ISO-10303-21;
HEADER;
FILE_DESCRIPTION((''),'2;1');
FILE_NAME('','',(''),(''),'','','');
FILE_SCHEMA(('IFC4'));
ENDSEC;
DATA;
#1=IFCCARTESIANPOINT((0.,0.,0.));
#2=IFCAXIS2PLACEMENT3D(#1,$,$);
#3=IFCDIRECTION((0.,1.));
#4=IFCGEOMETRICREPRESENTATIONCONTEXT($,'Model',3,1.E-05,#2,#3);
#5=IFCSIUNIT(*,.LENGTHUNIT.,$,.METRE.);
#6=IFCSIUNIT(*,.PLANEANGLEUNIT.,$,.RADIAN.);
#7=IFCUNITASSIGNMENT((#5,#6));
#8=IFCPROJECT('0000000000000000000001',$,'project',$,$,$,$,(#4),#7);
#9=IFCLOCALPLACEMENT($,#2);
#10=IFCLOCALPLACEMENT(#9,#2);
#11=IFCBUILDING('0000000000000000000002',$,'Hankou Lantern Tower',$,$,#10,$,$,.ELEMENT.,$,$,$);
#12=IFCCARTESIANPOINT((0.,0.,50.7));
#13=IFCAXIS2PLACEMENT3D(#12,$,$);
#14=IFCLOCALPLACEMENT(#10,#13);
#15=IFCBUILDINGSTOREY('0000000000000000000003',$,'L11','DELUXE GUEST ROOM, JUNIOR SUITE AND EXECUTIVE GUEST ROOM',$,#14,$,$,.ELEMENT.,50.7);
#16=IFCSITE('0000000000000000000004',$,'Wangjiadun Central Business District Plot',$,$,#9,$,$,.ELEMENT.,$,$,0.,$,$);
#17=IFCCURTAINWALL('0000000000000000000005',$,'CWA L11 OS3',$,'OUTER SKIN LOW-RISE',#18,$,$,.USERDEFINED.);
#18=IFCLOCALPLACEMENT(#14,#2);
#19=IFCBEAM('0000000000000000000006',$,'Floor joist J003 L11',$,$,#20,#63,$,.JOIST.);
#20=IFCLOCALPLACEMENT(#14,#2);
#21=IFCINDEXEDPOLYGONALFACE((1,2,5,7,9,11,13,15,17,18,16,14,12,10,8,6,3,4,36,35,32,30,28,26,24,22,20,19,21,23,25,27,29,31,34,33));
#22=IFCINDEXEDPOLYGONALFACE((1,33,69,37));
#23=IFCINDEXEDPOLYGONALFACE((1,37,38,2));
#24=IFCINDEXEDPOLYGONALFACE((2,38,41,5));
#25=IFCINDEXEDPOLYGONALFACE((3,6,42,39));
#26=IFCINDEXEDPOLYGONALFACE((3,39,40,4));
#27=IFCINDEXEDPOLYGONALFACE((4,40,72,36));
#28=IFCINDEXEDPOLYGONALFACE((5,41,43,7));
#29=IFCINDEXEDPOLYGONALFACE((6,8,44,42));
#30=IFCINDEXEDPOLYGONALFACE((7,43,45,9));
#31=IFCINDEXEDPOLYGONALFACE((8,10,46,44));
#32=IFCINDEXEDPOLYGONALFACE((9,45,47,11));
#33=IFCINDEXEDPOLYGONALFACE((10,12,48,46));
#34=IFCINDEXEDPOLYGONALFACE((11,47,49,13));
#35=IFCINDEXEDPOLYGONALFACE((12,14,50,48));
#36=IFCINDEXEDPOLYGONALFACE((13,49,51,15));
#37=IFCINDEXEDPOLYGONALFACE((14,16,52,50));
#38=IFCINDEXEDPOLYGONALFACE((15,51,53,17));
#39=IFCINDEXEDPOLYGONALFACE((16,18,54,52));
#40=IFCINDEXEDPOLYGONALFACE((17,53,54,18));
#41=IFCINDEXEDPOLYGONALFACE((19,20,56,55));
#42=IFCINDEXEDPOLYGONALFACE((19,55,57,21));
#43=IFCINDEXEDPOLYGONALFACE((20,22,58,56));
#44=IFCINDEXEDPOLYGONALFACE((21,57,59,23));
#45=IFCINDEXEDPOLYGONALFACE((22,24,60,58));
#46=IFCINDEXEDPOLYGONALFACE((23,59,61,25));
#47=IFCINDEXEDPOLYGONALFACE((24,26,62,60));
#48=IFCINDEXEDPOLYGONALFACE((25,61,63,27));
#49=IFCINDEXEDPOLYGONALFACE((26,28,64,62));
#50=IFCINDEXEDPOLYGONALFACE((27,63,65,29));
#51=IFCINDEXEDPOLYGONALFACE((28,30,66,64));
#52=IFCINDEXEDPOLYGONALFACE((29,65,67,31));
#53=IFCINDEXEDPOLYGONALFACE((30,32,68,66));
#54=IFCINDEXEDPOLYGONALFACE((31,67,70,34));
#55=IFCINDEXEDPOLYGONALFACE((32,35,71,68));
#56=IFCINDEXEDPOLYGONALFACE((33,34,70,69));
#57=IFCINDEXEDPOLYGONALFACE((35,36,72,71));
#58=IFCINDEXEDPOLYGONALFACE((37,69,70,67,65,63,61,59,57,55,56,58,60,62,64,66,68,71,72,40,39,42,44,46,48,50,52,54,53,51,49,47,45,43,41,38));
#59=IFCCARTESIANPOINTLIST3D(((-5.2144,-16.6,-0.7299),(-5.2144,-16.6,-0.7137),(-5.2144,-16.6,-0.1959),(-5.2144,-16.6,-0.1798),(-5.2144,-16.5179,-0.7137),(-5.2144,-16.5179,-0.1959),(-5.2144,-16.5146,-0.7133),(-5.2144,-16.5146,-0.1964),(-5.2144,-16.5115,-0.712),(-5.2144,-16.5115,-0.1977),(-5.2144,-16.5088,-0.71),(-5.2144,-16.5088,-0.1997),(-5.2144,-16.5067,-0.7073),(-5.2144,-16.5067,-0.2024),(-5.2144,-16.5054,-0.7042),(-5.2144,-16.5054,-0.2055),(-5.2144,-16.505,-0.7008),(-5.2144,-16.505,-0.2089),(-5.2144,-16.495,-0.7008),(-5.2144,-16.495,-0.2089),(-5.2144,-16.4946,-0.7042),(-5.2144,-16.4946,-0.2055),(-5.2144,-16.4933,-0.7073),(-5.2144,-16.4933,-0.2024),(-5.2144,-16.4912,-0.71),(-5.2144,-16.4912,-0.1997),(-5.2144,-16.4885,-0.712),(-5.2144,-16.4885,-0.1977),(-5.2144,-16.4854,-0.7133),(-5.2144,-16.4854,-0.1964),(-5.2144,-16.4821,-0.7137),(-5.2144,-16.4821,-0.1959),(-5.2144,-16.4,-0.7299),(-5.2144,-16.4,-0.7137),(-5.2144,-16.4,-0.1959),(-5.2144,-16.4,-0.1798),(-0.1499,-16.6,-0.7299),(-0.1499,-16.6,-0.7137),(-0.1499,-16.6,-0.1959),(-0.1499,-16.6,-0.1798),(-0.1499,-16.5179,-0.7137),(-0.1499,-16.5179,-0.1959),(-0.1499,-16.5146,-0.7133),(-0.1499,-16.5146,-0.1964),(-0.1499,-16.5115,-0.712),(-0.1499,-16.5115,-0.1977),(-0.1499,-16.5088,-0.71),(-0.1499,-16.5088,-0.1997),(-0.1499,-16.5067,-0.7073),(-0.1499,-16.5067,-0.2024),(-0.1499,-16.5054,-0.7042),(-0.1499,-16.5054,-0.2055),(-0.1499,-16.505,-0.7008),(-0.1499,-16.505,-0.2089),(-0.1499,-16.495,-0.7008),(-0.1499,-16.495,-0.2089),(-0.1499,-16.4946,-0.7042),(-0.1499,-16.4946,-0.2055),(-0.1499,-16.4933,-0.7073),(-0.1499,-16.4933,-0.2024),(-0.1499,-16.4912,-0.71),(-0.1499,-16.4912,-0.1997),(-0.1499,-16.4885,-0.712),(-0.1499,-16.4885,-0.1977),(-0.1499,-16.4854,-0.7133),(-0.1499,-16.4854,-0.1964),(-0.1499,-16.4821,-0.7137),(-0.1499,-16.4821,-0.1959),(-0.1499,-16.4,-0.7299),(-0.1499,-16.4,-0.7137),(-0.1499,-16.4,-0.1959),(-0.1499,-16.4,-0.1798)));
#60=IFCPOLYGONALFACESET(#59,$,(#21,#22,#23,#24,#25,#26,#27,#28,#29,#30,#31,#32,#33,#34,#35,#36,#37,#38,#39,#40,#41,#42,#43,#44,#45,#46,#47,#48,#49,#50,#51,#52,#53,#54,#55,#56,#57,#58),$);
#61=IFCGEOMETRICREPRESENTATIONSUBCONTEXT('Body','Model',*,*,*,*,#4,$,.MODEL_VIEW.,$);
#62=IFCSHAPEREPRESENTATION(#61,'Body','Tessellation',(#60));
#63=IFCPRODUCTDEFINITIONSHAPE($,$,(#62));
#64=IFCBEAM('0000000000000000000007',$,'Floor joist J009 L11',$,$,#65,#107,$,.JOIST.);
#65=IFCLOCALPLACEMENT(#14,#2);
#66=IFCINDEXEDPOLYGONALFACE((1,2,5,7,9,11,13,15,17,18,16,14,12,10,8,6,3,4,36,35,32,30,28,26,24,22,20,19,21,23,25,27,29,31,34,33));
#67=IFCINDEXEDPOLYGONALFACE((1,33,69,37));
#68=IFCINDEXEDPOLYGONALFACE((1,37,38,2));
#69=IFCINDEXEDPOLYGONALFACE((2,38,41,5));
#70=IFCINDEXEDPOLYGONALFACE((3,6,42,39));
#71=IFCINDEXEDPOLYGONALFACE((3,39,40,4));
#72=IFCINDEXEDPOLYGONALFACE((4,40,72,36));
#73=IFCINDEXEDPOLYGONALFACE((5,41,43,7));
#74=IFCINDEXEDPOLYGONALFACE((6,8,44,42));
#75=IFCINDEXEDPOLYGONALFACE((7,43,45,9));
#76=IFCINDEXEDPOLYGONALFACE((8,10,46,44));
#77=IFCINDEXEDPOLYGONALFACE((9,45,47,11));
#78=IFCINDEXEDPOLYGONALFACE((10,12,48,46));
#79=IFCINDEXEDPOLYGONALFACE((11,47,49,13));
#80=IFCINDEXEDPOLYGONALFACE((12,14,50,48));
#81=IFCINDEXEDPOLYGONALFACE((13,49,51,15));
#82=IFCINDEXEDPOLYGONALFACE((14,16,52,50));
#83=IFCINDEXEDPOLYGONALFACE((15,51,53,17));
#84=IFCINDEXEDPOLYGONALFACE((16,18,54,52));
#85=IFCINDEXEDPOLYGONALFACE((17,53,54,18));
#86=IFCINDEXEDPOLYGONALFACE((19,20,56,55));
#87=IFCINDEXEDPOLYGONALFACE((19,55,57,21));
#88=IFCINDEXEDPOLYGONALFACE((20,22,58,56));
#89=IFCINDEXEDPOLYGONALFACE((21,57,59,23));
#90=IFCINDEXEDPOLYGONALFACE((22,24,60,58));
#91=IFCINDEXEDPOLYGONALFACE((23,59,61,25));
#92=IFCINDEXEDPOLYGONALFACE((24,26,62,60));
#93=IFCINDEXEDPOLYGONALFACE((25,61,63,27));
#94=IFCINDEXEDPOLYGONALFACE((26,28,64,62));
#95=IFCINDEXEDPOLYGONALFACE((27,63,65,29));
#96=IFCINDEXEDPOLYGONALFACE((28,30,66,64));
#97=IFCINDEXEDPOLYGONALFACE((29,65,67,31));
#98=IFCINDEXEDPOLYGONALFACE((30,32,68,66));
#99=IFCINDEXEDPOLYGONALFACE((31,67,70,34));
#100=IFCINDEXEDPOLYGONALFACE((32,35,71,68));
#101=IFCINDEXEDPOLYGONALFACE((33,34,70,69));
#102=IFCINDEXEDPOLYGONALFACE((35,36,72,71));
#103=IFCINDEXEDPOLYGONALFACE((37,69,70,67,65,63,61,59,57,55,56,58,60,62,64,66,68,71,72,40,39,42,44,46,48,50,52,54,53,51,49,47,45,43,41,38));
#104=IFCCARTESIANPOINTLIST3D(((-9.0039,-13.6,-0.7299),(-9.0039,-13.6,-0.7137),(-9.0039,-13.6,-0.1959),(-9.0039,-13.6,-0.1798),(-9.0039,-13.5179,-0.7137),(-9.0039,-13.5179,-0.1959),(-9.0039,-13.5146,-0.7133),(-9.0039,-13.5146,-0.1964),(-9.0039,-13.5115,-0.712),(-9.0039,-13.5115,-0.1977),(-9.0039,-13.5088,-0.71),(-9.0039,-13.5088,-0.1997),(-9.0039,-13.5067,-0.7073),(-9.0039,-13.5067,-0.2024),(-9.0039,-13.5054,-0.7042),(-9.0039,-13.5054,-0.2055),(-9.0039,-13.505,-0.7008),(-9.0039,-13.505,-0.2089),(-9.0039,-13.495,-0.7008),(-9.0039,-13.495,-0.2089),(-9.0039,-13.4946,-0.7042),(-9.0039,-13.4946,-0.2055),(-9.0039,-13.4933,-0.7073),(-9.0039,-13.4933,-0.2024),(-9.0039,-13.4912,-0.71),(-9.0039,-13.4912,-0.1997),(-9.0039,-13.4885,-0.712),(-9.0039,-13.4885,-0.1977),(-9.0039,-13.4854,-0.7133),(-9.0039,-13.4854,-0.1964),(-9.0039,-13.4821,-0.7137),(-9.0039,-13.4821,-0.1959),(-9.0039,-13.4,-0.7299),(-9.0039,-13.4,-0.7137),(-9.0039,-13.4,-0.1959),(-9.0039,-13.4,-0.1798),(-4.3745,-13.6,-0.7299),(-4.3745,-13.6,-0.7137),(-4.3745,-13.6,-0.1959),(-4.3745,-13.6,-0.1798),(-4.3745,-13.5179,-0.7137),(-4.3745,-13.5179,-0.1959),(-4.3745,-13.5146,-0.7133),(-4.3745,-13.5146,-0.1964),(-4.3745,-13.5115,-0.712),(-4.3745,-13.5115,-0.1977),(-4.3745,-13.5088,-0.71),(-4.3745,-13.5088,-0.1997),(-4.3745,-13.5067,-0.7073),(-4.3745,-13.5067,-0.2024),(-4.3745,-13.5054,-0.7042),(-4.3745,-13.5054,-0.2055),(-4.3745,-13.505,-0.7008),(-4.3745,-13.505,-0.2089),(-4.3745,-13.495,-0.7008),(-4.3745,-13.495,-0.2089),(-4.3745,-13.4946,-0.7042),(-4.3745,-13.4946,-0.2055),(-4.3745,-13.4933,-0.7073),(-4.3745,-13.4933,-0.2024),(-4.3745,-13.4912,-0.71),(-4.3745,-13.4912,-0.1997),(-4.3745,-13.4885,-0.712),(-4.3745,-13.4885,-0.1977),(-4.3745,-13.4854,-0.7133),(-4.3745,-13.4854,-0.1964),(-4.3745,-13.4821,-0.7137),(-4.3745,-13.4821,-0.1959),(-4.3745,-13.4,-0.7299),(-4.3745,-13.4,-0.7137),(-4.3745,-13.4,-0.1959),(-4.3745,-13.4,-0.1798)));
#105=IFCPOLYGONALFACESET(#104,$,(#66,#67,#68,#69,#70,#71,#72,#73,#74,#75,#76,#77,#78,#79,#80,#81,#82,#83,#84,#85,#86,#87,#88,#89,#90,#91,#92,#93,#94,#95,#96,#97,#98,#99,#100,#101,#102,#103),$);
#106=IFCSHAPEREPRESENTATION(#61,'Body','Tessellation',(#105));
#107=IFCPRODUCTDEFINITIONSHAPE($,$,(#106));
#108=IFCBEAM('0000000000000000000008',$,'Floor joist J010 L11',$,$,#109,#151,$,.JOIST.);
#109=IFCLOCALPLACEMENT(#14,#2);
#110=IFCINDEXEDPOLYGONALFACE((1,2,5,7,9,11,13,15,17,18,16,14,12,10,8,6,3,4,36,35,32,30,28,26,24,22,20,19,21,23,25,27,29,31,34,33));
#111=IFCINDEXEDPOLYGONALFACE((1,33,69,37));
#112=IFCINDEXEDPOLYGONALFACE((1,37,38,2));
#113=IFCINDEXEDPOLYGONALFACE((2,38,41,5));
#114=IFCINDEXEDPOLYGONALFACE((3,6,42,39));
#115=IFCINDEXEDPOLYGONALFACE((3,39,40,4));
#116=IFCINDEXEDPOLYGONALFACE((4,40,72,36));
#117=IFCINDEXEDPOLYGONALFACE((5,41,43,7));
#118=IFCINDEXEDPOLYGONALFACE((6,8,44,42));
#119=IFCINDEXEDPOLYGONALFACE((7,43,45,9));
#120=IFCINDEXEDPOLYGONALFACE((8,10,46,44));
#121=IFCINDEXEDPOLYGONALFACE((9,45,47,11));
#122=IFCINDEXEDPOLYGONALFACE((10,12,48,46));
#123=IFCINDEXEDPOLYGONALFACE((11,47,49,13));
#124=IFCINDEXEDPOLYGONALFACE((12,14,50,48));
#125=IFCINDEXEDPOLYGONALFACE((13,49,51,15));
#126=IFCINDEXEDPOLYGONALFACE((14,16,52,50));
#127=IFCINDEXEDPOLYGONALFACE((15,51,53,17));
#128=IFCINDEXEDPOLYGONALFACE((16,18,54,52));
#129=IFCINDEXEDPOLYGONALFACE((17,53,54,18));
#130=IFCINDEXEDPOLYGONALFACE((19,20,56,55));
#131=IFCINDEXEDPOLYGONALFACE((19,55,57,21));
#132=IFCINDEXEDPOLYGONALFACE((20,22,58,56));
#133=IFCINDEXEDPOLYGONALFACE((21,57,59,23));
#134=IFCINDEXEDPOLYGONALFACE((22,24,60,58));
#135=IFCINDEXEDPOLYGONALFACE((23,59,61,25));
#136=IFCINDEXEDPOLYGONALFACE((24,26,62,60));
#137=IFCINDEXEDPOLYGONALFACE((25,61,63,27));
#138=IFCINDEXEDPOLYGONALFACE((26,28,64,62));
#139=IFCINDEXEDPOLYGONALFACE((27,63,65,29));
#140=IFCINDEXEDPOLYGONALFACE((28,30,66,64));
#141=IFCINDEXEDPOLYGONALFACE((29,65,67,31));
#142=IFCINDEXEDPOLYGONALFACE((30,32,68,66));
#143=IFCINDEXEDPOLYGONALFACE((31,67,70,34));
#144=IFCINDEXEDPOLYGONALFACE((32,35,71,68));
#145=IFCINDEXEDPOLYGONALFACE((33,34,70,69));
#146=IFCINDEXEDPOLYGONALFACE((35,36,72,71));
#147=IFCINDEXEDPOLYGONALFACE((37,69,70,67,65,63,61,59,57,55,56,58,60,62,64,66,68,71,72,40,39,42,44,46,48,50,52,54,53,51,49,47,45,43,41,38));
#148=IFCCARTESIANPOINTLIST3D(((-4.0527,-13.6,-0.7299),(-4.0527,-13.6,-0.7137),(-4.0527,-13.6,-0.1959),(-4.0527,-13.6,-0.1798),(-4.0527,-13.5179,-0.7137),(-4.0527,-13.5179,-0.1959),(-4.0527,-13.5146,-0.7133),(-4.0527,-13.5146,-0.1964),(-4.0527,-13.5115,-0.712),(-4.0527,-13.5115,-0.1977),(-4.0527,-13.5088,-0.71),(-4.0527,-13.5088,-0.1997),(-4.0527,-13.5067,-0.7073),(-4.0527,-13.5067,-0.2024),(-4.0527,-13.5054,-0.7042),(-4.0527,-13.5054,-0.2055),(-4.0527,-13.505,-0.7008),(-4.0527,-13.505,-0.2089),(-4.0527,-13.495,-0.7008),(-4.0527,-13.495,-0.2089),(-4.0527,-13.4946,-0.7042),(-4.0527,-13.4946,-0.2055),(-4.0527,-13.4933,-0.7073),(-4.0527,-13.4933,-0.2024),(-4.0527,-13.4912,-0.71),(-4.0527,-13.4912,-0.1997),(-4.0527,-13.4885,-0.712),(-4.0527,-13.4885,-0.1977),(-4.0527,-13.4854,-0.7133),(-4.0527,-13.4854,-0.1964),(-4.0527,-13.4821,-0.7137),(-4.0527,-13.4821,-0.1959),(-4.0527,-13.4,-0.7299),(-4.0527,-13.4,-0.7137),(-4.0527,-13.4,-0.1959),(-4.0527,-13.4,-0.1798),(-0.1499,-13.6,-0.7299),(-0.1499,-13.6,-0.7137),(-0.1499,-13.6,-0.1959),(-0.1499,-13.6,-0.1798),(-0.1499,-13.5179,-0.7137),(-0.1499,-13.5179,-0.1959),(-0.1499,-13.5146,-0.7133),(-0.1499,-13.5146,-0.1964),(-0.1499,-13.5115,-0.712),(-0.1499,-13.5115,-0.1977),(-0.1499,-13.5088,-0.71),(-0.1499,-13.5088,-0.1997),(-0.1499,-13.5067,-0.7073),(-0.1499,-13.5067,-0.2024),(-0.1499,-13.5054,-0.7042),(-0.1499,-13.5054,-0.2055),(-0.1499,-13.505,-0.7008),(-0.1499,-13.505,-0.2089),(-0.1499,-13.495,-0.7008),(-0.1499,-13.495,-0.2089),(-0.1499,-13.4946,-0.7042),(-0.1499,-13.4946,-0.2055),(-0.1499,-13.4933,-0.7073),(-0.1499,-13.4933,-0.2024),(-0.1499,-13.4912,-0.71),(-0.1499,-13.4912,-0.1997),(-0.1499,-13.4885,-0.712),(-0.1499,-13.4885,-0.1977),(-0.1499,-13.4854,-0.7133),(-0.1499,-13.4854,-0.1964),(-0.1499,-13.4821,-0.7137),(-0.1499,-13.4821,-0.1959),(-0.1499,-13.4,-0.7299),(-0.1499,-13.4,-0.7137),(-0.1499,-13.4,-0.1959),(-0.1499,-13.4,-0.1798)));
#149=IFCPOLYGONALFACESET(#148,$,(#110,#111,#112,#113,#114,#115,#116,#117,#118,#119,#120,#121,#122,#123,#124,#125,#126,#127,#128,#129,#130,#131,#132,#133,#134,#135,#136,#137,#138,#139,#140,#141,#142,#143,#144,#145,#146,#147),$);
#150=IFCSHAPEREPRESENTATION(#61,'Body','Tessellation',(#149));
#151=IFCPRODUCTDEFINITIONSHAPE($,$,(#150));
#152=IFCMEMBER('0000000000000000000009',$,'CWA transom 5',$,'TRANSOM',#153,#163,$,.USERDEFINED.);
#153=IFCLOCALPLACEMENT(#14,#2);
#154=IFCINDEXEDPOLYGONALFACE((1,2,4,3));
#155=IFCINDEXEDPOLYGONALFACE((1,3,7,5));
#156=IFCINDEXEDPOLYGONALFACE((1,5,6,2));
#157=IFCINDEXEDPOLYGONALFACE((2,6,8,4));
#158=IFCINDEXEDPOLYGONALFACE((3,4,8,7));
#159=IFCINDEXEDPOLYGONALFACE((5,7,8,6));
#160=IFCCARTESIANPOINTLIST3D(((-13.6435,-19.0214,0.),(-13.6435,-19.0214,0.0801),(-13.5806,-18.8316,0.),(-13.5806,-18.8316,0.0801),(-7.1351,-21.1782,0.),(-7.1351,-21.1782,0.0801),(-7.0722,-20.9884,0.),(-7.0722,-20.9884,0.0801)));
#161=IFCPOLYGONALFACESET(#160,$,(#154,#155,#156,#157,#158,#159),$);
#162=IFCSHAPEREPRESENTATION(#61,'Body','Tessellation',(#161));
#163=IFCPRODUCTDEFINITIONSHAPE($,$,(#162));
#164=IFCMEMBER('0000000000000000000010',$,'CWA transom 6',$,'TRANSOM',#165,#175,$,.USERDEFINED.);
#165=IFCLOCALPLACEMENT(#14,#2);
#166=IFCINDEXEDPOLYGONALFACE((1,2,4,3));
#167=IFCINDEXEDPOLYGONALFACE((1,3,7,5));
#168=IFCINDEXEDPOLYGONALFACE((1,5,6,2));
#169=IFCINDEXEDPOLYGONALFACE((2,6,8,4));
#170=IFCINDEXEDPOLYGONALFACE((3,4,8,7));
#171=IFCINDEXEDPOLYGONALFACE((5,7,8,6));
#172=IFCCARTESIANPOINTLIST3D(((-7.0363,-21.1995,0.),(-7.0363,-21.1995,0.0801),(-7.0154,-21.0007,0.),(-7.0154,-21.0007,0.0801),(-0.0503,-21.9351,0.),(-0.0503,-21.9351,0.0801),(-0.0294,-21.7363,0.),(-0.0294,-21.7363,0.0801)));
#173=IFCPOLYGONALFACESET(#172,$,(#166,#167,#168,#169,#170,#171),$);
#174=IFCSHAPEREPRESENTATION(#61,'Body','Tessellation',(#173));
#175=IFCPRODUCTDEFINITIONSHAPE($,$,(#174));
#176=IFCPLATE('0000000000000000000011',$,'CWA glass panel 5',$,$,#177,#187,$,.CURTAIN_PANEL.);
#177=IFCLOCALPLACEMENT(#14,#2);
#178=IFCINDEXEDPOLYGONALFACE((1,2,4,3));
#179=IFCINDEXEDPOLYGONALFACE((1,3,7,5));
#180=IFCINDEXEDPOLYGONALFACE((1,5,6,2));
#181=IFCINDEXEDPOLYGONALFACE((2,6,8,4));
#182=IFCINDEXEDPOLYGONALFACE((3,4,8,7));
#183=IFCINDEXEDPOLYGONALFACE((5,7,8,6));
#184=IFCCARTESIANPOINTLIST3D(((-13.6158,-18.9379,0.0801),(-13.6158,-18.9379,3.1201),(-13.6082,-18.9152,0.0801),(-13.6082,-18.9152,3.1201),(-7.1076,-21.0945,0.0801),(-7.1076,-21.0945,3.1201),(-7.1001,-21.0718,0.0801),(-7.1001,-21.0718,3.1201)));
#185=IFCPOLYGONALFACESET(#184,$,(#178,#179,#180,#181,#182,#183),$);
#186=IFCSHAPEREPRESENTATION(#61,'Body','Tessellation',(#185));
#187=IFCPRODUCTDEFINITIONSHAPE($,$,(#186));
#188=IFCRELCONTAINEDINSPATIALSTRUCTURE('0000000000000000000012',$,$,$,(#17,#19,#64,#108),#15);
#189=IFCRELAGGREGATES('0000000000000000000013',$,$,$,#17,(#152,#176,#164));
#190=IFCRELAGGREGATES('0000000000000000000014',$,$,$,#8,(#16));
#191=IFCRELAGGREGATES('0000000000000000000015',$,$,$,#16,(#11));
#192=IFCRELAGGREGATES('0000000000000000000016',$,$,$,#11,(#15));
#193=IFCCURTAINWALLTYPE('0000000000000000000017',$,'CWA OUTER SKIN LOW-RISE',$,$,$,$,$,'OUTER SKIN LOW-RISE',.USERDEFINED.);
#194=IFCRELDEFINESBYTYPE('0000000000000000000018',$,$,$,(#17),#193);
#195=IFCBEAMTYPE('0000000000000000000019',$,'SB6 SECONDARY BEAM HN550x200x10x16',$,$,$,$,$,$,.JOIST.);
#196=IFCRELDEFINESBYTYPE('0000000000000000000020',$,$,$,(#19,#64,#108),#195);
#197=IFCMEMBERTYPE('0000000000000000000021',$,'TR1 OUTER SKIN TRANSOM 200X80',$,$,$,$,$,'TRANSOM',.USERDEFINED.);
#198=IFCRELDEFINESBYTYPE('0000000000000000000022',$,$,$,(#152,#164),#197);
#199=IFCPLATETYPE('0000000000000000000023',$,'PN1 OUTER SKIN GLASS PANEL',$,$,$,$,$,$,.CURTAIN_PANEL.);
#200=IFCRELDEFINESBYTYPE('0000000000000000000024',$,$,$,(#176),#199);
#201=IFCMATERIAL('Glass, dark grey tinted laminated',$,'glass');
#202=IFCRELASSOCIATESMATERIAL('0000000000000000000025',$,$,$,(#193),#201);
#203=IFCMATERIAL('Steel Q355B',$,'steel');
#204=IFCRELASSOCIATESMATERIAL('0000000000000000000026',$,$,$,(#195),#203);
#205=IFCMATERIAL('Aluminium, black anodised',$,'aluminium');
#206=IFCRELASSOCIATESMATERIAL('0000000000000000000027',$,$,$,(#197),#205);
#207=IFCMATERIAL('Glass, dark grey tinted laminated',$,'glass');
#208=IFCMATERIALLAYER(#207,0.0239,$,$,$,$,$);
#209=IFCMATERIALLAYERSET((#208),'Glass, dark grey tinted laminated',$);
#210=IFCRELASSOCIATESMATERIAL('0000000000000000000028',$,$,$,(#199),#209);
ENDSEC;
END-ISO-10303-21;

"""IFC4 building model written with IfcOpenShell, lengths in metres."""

from ifc_helpers import new_model, si_unit, direction, frame, origin, origin_2d, place, context, subcontext, project, spatial, rectangle, i_section, extrude, material, layer, layer_set, material_profile, profile_set, type_object, element, aggregate, save


model = new_model("IFC4")

# Units and contexts
model_context = context("Model", 3, precision=1e-05, world=origin(), true_north=direction((0.0, 1.0)))
body_context = subcontext(model_context, "Body", "Model", "MODEL_VIEW")
ifc_project = project(units=[si_unit("LENGTHUNIT", "METRE"), si_unit("PLANEANGLEUNIT", "RADIAN")], contexts=[model_context])

# Site, building, storey
site_placement = place(None, origin())
site = spatial("IfcSite", under=ifc_project, at=site_placement, Name="Wangjiadun Central Business District Plot", CompositionType="ELEMENT", RefElevation=0.0)
building_placement = place(site_placement, origin())
building = spatial("IfcBuilding", under=site, at=building_placement, Name="Hankou Lantern Tower", CompositionType="ELEMENT")
storey_placement = place(building_placement, frame((0.0, 0.0, 50.7)))
storey = spatial("IfcBuildingStorey", under=building, at=storey_placement, Name="L11", Description="DELUXE GUEST ROOM, JUNIOR SUITE AND EXECUTIVE GUEST ROOM", CompositionType="ELEMENT", Elevation=50.7)

# Curtain wall
ifc_material_1 = material(Name="Glass, dark grey tinted laminated", Category="glass")
curtain_wall_type = type_object("IfcCurtainWallType", Name="CWA OUTER SKIN LOW-RISE", ElementType="OUTER SKIN LOW-RISE", PredefinedType="USERDEFINED", material=ifc_material_1)
curtain_wall_placement = place(storey_placement, origin())
curtain_wall = element("IfcCurtainWall", 1, at=curtain_wall_placement, inside=storey, type_object=curtain_wall_type, Name="CWA L11 OS3", ObjectType="OUTER SKIN LOW-RISE", PredefinedType="USERDEFINED")

# Beams
ifc_material_2 = material(Name="Steel Q355B", Category="steel")
ifc_material_profile_1 = material_profile(ifc_material_2, i_section(OverallWidth=0.2, OverallDepth=0.55, WebThickness=0.01, FlangeThickness=0.0161, FilletRadius=0.0129, at=origin_2d()), Name="HN550x200x10x16")
ifc_profile_set_1 = profile_set([ifc_material_profile_1], Name="Steel Q355B")
beam_type_1 = type_object("IfcBeamType", Name="SB6 SECONDARY BEAM HN550x200x10x16", PredefinedType="JOIST", material=ifc_profile_set_1)
beam_1_placement = place(storey_placement, frame((-5.2144, -16.5, -0.4548), z_axis=(1.0, 0.0, 0.0), x_axis=(0.0, 1.0, 0.0)))
element("IfcBeam", 2, at=beam_1_placement, inside=storey, type_object=beam_type_1, Name="Floor joist J003 L11", PredefinedType="JOIST", context=body_context, shape_type="SweptSolid", body=[
    extrude(i_section(OverallWidth=0.2, OverallDepth=0.55, WebThickness=0.01, FlangeThickness=0.0161, FilletRadius=0.0129, at=origin_2d()), origin(), (0.0, 0.0, 1.0), 5.0645),
])
beam_2_placement = place(storey_placement, frame((-9.0039, -13.5, -0.4548), z_axis=(1.0, 0.0, 0.0), x_axis=(0.0, 1.0, 0.0)))
element("IfcBeam", 3, at=beam_2_placement, inside=storey, type_object=beam_type_1, Name="Floor joist J009 L11", PredefinedType="JOIST", context=body_context, shape_type="SweptSolid", body=[
    extrude(i_section(OverallWidth=0.2, OverallDepth=0.55, WebThickness=0.01, FlangeThickness=0.0161, FilletRadius=0.0129, at=origin_2d()), origin(), (0.0, 0.0, 1.0), 4.6294),
])
beam_3_placement = place(storey_placement, frame((-4.0527, -13.5, -0.4548), z_axis=(1.0, 0.0, 0.0), x_axis=(0.0, 1.0, 0.0)))
element("IfcBeam", 4, at=beam_3_placement, inside=storey, type_object=beam_type_1, Name="Floor joist J010 L11", PredefinedType="JOIST", context=body_context, shape_type="SweptSolid", body=[
    extrude(i_section(OverallWidth=0.2, OverallDepth=0.55, WebThickness=0.01, FlangeThickness=0.0161, FilletRadius=0.0129, at=origin_2d()), origin(), (0.0, 0.0, 1.0), 3.9028),
])

# Members
ifc_material_3 = material(Name="Aluminium, black anodised", Category="aluminium")
ifc_material_profile_2 = material_profile(ifc_material_3, rectangle(XDim=0.2, YDim=0.0801, at=origin_2d()), Name="TR1 200X80")
ifc_profile_set_2 = profile_set([ifc_material_profile_2], Name="Aluminium, black anodised")
member_type_1 = type_object("IfcMemberType", Name="TR1 OUTER SKIN TRANSOM 200X80", ElementType="TRANSOM", PredefinedType="USERDEFINED", material=ifc_profile_set_2)
member_1_placement = place(storey_placement, frame((-13.6121, -18.9265, 0.04), z_axis=(0.949237, -0.314561, 0.0), x_axis=(0.314561, 0.949237, 0.0)))
member_1 = element("IfcMember", 5, at=member_1_placement, type_object=member_type_1, Name="CWA transom 5", ObjectType="TRANSOM", PredefinedType="USERDEFINED", context=body_context, shape_type="SweptSolid", body=[
    extrude(rectangle(XDim=0.2, YDim=0.0801, at=origin_2d()), origin(), (0.0, 0.0, 1.0), 6.8564),
])
member_2_placement = place(storey_placement, frame((-7.0259, -21.1001, 0.04), z_axis=(0.994502, -0.104716, 0.0), x_axis=(0.104716, 0.994502, 0.0)))
member_2 = element("IfcMember", 6, at=member_2_placement, type_object=member_type_1, Name="CWA transom 6", ObjectType="TRANSOM", PredefinedType="USERDEFINED", context=body_context, shape_type="SweptSolid", body=[
    extrude(rectangle(XDim=0.2, YDim=0.0801, at=origin_2d()), origin(), (0.0, 0.0, 1.0), 7.0247),
])

# Plate
ifc_material_4 = material(Name="Glass, dark grey tinted laminated", Category="glass")
ifc_layer_1 = layer(ifc_material_4, 0.0239)
ifc_layer_set_1 = layer_set([ifc_layer_1], Name="Glass, dark grey tinted laminated")
plate_type = type_object("IfcPlateType", Name="PN1 OUTER SKIN GLASS PANEL", PredefinedType="CURTAIN_PANEL", material=ifc_layer_set_1)
plate_1_placement = place(storey_placement, frame((-10.3579, -20.0049, 0.0801), z_axis=(0.0, 0.0, 1.0), x_axis=(0.949241, -0.314551, 0.0)))
plate_1 = element("IfcPlate", 7, at=plate_1_placement, type_object=plate_type, Name="CWA glass panel 5", PredefinedType="CURTAIN_PANEL", context=body_context, shape_type="SweptSolid", body=[
    extrude(rectangle(XDim=6.8562, YDim=0.0239, at=origin_2d()), origin(), (0.0, 0.0, 1.0), 3.04),
])
aggregate(curtain_wall, [member_1, plate_1, member_2])

save(model, "model.ifc")
